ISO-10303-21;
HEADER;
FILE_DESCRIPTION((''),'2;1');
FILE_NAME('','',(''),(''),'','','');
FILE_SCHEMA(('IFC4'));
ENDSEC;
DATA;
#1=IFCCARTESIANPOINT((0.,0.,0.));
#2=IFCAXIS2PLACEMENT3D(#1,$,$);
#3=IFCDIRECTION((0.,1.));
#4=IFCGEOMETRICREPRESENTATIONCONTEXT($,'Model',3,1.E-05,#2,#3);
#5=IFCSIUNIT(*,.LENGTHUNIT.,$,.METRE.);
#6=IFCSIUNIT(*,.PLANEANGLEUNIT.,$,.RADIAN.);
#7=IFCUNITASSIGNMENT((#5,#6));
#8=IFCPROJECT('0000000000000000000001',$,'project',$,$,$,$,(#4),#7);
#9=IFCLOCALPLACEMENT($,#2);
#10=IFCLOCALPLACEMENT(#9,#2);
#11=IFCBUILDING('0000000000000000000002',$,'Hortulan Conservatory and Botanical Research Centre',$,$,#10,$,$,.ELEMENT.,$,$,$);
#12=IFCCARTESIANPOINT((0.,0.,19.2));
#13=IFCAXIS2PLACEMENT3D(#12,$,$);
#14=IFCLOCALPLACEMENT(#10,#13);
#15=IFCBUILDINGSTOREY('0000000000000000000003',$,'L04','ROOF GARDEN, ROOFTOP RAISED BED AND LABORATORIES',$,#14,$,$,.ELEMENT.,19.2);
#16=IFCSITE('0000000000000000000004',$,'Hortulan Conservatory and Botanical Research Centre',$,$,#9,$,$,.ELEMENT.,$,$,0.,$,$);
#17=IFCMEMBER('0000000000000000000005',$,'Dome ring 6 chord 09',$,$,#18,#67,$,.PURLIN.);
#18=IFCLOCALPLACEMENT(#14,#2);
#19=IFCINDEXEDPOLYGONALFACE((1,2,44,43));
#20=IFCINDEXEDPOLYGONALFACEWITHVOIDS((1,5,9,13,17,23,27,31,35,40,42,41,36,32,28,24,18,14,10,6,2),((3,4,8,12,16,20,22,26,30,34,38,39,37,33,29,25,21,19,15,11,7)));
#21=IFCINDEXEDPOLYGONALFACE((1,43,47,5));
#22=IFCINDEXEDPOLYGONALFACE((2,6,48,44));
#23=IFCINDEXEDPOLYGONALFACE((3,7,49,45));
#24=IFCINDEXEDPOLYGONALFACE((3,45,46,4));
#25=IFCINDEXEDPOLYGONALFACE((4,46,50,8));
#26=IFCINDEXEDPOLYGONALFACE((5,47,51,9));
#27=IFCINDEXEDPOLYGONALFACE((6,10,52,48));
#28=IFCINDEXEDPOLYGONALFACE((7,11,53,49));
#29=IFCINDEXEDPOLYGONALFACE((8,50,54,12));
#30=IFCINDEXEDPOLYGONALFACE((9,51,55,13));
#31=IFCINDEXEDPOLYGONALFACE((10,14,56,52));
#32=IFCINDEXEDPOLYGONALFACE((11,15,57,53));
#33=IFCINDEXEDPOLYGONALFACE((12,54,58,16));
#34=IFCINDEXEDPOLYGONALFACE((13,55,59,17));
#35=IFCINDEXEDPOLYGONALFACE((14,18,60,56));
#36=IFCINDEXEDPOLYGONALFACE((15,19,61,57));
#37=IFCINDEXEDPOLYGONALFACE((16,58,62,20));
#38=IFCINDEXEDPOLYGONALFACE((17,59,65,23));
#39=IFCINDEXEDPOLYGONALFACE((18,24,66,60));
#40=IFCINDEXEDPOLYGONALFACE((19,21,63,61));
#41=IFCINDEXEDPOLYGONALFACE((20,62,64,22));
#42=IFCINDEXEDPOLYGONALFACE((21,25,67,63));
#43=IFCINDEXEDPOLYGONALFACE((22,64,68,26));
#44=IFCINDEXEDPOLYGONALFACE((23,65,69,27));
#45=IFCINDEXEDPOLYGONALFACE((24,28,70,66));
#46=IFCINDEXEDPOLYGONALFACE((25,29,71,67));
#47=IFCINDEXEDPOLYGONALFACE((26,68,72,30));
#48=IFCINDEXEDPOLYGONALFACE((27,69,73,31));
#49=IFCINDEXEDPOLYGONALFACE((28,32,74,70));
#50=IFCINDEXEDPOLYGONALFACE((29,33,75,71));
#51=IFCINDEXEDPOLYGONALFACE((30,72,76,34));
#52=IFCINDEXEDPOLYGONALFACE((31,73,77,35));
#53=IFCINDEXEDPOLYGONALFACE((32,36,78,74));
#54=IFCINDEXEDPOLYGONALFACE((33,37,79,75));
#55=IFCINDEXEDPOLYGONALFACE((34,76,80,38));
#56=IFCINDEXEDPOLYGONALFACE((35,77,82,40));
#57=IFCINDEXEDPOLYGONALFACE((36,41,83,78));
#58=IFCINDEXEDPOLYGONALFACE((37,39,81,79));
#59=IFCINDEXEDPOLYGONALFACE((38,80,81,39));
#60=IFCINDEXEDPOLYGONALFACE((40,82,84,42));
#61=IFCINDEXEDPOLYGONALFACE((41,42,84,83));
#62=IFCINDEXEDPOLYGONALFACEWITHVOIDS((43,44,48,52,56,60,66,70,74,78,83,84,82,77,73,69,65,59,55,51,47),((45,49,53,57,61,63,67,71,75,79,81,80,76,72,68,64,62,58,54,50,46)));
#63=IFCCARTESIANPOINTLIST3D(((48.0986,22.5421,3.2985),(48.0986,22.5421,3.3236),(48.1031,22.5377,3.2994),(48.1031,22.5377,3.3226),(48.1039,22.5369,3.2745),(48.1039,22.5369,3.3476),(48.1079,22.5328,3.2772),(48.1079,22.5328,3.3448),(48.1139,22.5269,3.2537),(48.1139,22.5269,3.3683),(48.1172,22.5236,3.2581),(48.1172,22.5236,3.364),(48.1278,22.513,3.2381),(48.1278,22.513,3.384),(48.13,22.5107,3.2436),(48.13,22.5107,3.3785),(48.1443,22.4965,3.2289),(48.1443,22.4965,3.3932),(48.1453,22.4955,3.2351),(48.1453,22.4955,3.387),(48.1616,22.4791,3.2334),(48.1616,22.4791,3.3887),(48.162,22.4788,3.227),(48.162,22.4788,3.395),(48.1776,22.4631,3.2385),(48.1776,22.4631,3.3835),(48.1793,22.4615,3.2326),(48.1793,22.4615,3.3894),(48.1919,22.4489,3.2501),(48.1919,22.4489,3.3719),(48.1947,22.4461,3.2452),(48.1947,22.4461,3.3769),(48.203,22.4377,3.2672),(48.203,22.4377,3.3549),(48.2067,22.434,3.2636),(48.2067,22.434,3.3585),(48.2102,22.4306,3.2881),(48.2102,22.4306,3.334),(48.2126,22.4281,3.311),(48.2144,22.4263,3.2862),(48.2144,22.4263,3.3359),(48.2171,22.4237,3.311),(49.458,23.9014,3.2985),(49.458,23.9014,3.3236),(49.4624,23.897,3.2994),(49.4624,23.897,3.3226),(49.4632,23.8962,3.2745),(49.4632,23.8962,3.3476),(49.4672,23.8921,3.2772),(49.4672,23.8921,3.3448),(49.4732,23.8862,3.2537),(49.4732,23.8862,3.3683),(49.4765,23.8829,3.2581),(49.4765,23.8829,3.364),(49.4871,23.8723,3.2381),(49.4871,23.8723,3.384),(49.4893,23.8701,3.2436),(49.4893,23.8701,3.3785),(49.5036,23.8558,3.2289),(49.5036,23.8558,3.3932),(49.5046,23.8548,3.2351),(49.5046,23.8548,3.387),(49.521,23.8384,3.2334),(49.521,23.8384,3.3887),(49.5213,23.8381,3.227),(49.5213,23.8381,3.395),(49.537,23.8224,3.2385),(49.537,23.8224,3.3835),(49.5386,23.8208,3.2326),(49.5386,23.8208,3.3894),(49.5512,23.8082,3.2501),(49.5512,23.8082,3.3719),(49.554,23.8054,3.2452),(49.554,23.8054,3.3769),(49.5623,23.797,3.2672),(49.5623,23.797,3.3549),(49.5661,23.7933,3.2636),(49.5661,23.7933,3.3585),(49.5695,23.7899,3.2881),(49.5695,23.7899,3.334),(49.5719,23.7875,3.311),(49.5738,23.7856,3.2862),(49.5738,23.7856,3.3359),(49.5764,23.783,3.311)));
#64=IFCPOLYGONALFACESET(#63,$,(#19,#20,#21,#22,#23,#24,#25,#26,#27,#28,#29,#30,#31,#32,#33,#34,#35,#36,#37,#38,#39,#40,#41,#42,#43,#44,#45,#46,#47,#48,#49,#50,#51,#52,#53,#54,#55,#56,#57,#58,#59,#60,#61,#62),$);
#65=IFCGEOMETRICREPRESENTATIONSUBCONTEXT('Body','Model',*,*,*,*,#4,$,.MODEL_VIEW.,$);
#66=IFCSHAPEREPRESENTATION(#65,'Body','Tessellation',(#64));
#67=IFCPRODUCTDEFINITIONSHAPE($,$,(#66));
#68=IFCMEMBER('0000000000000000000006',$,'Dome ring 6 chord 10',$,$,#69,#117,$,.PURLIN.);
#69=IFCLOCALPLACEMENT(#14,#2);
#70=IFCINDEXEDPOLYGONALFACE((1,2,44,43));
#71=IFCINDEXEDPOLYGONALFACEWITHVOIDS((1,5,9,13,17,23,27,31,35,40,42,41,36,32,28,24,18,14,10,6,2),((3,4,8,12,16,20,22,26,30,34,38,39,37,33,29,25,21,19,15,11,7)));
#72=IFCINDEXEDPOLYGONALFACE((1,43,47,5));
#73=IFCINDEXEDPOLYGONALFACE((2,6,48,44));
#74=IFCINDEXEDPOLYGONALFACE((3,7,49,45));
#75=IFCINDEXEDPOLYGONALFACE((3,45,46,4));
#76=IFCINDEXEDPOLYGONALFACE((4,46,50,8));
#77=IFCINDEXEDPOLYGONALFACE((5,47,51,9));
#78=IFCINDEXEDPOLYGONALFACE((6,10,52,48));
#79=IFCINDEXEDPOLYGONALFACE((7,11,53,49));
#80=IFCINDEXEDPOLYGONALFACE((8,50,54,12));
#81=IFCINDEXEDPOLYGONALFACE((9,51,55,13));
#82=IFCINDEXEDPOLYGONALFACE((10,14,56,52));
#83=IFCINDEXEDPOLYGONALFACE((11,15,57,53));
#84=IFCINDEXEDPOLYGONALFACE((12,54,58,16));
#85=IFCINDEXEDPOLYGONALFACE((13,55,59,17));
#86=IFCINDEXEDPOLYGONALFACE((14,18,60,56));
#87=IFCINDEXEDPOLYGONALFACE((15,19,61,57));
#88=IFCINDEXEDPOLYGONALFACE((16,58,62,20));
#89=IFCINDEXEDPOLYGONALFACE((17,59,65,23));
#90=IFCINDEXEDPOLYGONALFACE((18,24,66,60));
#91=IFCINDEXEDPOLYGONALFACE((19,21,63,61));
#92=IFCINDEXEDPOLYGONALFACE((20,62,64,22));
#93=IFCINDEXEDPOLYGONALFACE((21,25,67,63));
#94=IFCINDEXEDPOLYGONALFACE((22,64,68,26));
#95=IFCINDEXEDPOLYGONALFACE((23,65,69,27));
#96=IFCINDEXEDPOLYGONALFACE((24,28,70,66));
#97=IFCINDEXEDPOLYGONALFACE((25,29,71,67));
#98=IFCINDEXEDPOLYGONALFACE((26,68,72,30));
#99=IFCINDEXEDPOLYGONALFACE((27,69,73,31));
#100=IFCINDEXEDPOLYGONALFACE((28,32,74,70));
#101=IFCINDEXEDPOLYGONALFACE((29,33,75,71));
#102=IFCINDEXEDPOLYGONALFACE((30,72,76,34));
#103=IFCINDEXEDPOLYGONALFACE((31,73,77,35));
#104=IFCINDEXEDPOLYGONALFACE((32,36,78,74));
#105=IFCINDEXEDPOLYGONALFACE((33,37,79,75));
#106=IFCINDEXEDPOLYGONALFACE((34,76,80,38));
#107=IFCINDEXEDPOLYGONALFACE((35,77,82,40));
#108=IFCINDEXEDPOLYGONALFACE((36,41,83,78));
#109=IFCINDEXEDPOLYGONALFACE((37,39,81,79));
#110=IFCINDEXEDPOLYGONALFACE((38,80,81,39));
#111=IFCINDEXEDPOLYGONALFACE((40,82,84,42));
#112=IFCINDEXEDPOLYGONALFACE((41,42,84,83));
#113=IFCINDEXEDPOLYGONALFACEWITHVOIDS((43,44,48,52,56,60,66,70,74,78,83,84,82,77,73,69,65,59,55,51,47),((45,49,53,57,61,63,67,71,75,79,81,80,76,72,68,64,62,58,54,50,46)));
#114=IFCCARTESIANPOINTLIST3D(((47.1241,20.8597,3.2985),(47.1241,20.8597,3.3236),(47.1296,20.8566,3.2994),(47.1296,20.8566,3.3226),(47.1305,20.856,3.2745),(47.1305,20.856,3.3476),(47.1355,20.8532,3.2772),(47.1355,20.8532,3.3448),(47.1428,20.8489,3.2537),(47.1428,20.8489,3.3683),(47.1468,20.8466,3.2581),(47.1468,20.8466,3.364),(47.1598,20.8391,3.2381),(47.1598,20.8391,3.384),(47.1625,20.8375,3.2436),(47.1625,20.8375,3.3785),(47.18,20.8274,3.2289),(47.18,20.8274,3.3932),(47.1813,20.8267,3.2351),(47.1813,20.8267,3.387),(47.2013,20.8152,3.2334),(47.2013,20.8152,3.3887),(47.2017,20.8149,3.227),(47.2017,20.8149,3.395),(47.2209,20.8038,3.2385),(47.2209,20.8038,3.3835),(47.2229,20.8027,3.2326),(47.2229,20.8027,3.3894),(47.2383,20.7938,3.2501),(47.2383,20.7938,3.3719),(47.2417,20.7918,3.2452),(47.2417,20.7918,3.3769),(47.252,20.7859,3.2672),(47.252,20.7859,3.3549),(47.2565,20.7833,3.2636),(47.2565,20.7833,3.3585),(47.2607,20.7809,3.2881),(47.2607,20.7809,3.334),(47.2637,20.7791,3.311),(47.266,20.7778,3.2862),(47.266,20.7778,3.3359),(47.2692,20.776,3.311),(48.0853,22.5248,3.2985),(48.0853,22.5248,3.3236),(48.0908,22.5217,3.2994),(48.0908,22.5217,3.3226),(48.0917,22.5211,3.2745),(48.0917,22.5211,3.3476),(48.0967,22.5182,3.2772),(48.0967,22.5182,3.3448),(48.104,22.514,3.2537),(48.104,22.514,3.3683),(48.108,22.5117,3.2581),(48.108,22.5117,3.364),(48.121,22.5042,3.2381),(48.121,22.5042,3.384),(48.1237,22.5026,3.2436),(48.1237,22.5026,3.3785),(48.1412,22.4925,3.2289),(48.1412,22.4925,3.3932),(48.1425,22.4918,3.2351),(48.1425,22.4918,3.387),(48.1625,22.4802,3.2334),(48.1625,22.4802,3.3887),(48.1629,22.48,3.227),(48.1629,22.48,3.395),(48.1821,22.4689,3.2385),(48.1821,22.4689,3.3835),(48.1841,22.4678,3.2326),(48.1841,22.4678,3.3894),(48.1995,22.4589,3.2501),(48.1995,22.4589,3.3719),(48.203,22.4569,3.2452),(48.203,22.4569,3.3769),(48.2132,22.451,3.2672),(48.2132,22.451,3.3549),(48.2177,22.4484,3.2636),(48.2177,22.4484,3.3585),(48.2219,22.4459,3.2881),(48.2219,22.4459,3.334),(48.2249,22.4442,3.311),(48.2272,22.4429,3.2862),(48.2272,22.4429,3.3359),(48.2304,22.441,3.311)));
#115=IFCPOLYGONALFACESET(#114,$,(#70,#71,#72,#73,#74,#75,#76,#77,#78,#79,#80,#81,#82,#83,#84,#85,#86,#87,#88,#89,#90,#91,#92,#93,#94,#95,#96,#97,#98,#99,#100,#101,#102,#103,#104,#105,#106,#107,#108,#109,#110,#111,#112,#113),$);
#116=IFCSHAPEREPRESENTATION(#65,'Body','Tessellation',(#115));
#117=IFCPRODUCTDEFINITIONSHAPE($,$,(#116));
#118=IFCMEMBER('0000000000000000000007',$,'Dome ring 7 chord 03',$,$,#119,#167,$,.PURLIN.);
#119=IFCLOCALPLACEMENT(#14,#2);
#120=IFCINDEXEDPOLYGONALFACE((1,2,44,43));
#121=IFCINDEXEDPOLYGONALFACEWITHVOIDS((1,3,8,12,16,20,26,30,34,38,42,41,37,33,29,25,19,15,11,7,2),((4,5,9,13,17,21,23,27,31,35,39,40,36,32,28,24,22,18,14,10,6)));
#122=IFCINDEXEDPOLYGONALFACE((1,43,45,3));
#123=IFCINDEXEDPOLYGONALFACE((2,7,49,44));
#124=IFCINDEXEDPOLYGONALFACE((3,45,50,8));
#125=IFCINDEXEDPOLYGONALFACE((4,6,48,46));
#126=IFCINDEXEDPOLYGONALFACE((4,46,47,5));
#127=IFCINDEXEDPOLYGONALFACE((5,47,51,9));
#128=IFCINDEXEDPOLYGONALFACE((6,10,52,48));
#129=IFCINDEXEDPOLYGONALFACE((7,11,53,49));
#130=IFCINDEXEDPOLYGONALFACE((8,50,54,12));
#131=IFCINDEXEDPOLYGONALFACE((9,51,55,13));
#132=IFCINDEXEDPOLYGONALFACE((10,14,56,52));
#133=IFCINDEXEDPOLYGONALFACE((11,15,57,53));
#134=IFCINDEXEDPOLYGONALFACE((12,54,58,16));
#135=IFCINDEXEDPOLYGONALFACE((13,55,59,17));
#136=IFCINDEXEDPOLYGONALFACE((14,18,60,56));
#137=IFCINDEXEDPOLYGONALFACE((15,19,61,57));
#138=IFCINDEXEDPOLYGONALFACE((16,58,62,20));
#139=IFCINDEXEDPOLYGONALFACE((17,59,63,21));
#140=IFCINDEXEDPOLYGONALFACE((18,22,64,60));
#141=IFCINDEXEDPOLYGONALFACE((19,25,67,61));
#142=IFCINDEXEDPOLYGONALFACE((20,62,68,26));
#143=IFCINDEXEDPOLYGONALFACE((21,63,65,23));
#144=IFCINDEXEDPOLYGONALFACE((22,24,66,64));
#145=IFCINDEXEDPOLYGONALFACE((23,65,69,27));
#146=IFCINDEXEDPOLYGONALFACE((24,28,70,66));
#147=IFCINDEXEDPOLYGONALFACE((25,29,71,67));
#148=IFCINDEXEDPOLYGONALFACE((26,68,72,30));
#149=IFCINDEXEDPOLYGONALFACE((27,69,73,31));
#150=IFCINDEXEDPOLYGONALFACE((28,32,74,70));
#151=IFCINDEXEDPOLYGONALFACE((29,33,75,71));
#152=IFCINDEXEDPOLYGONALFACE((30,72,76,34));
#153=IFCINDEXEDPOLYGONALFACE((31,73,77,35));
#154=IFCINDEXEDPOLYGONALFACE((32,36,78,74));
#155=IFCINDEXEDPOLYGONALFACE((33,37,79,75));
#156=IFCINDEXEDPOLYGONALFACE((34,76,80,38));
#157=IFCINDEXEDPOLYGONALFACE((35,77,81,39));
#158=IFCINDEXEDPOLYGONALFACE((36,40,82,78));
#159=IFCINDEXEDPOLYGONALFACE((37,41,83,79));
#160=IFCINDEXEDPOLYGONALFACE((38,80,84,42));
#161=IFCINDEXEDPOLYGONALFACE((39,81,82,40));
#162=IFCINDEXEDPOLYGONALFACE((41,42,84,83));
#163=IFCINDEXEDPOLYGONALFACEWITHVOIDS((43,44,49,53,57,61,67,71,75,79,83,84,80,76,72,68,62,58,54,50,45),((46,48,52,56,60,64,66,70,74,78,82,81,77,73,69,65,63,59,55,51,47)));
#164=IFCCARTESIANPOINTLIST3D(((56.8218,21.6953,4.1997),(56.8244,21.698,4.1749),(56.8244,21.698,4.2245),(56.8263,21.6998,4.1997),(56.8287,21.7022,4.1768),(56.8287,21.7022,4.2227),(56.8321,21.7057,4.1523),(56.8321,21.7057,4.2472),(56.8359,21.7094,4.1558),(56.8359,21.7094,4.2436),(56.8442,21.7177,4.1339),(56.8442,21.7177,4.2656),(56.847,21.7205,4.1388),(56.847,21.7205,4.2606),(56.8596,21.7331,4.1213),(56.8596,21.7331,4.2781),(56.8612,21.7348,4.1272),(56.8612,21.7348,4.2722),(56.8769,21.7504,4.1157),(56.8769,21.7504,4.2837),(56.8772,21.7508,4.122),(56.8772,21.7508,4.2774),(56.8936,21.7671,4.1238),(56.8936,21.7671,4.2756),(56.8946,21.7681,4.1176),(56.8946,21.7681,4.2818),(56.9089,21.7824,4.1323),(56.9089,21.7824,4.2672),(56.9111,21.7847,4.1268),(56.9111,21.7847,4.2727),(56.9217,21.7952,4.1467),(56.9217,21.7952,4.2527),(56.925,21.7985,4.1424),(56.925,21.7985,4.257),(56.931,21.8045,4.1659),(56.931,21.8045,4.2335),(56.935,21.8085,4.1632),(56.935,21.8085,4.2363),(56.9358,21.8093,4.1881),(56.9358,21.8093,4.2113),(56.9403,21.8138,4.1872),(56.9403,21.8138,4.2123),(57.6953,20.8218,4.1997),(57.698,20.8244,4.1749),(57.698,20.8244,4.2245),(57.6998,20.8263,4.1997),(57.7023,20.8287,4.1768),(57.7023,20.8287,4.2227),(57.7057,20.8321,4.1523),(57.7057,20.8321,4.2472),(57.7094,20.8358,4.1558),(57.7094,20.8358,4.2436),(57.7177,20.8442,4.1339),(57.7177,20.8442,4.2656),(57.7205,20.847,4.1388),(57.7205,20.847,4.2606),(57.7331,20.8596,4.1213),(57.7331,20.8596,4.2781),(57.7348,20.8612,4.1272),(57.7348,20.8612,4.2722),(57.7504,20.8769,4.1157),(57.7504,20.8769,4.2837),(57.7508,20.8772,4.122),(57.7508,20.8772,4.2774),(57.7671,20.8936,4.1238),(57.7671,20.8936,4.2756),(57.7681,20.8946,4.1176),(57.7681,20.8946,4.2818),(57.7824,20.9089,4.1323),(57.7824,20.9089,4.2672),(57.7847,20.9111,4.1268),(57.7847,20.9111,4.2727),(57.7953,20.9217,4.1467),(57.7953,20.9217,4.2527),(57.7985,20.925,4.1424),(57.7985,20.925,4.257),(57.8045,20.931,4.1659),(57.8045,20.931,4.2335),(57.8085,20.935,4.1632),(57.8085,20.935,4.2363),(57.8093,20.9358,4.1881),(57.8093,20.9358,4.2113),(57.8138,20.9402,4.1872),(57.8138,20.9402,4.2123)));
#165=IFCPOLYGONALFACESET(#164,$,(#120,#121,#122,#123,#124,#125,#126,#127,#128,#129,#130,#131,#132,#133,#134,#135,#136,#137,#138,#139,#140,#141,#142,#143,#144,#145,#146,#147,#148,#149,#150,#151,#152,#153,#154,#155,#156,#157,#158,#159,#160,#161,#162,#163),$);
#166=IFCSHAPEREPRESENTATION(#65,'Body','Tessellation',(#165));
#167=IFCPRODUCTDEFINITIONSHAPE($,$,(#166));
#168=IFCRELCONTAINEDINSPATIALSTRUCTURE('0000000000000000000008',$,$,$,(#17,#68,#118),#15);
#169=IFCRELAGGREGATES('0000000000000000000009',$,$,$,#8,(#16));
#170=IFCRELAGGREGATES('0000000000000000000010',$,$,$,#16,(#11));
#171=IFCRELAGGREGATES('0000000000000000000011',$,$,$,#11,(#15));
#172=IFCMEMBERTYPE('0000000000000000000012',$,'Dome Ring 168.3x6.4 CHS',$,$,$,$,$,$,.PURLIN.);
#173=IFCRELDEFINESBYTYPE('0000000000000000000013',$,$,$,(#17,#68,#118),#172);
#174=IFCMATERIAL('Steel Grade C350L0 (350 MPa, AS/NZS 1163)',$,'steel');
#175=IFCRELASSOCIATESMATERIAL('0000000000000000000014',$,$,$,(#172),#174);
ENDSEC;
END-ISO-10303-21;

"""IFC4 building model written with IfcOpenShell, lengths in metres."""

from ifc_helpers import new_model, si_unit, direction, frame, origin, origin_2d, place, context, subcontext, project, spatial, hollow_circle, extrude, material, material_profile, profile_set, type_object, element, save


model = new_model("IFC4")

# Units and contexts
model_context = context("Model", 3, precision=1e-05, world=origin(), true_north=direction((0.0, 1.0)))
body_context = subcontext(model_context, "Body", "Model", "MODEL_VIEW")
ifc_project = project(units=[si_unit("LENGTHUNIT", "METRE"), si_unit("PLANEANGLEUNIT", "RADIAN")], contexts=[model_context])

# Site, building, storey
site_placement = place(None, origin())
site = spatial("IfcSite", under=ifc_project, at=site_placement, Name="Hortulan Conservatory and Botanical Research Centre", CompositionType="ELEMENT", RefElevation=0.0)
building_placement = place(site_placement, origin())
building = spatial("IfcBuilding", under=site, at=building_placement, Name="Hortulan Conservatory and Botanical Research Centre", CompositionType="ELEMENT")
storey_placement = place(building_placement, frame((0.0, 0.0, 19.2)))
storey = spatial("IfcBuildingStorey", under=building, at=storey_placement, Name="L04", Description="ROOF GARDEN, ROOFTOP RAISED BED AND LABORATORIES", CompositionType="ELEMENT", Elevation=19.2)

# Shared definitions
ifc_material_1 = material(Name="Steel Grade C350L0 (350 MPa, AS/NZS 1163)", Category="steel")

# Members
ifc_material_profile_1 = material_profile(ifc_material_1, hollow_circle(Radius=0.0842, WallThickness=0.0063, at=origin_2d()), Name="168.3x6.4CHS")
ifc_profile_set_1 = profile_set([ifc_material_profile_1], Name="Steel Grade C350L0 (350 MPa, AS/NZS 1163)")
member_type_1 = type_object("IfcMemberType", Name="Dome Ring 168.3x6.4 CHS", PredefinedType="PURLIN", material=ifc_profile_set_1)
member_1_placement = place(storey_placement, frame((49.5168, 23.8425, 3.311), z_axis=(-0.707107, -0.707107, 0.0), x_axis=(0.707107, -0.707107, 0.0)))
element("IfcMember", 1, at=member_1_placement, inside=storey, type_object=member_type_1, Name="Dome ring 6 chord 09", PredefinedType="PURLIN", context=body_context, shape_type="SweptSolid", body=[
    extrude(hollow_circle(Radius=0.0842, WallThickness=0.0063, at=origin_2d()), origin(), (0.0, 0.0, 1.0), 1.9224),
])
member_2_placement = place(storey_placement, frame((48.1575, 22.4832, 3.311), z_axis=(-0.49995, -0.866054, 0.0), x_axis=(0.866054, -0.49995, 0.0)))
element("IfcMember", 2, at=member_2_placement, inside=storey, type_object=member_type_1, Name="Dome ring 6 chord 10", PredefinedType="PURLIN", context=body_context, shape_type="SweptSolid", body=[
    extrude(hollow_circle(Radius=0.0842, WallThickness=0.0063, at=origin_2d()), origin(), (0.0, 0.0, 1.0), 1.9226),
])
member_3_placement = place(storey_placement, frame((57.7549, 20.8813, 4.1997), z_axis=(-0.707107, 0.707107, 0.0), x_axis=(-0.707107, -0.707107, 0.0)))
element("IfcMember", 3, at=member_3_placement, inside=storey, type_object=member_type_1, Name="Dome ring 7 chord 03", PredefinedType="PURLIN", context=body_context, shape_type="SweptSolid", body=[
    extrude(hollow_circle(Radius=0.0842, WallThickness=0.0063, at=origin_2d()), origin(), (0.0, 0.0, 1.0), 1.2354),
])

save(model, "model.ifc")
